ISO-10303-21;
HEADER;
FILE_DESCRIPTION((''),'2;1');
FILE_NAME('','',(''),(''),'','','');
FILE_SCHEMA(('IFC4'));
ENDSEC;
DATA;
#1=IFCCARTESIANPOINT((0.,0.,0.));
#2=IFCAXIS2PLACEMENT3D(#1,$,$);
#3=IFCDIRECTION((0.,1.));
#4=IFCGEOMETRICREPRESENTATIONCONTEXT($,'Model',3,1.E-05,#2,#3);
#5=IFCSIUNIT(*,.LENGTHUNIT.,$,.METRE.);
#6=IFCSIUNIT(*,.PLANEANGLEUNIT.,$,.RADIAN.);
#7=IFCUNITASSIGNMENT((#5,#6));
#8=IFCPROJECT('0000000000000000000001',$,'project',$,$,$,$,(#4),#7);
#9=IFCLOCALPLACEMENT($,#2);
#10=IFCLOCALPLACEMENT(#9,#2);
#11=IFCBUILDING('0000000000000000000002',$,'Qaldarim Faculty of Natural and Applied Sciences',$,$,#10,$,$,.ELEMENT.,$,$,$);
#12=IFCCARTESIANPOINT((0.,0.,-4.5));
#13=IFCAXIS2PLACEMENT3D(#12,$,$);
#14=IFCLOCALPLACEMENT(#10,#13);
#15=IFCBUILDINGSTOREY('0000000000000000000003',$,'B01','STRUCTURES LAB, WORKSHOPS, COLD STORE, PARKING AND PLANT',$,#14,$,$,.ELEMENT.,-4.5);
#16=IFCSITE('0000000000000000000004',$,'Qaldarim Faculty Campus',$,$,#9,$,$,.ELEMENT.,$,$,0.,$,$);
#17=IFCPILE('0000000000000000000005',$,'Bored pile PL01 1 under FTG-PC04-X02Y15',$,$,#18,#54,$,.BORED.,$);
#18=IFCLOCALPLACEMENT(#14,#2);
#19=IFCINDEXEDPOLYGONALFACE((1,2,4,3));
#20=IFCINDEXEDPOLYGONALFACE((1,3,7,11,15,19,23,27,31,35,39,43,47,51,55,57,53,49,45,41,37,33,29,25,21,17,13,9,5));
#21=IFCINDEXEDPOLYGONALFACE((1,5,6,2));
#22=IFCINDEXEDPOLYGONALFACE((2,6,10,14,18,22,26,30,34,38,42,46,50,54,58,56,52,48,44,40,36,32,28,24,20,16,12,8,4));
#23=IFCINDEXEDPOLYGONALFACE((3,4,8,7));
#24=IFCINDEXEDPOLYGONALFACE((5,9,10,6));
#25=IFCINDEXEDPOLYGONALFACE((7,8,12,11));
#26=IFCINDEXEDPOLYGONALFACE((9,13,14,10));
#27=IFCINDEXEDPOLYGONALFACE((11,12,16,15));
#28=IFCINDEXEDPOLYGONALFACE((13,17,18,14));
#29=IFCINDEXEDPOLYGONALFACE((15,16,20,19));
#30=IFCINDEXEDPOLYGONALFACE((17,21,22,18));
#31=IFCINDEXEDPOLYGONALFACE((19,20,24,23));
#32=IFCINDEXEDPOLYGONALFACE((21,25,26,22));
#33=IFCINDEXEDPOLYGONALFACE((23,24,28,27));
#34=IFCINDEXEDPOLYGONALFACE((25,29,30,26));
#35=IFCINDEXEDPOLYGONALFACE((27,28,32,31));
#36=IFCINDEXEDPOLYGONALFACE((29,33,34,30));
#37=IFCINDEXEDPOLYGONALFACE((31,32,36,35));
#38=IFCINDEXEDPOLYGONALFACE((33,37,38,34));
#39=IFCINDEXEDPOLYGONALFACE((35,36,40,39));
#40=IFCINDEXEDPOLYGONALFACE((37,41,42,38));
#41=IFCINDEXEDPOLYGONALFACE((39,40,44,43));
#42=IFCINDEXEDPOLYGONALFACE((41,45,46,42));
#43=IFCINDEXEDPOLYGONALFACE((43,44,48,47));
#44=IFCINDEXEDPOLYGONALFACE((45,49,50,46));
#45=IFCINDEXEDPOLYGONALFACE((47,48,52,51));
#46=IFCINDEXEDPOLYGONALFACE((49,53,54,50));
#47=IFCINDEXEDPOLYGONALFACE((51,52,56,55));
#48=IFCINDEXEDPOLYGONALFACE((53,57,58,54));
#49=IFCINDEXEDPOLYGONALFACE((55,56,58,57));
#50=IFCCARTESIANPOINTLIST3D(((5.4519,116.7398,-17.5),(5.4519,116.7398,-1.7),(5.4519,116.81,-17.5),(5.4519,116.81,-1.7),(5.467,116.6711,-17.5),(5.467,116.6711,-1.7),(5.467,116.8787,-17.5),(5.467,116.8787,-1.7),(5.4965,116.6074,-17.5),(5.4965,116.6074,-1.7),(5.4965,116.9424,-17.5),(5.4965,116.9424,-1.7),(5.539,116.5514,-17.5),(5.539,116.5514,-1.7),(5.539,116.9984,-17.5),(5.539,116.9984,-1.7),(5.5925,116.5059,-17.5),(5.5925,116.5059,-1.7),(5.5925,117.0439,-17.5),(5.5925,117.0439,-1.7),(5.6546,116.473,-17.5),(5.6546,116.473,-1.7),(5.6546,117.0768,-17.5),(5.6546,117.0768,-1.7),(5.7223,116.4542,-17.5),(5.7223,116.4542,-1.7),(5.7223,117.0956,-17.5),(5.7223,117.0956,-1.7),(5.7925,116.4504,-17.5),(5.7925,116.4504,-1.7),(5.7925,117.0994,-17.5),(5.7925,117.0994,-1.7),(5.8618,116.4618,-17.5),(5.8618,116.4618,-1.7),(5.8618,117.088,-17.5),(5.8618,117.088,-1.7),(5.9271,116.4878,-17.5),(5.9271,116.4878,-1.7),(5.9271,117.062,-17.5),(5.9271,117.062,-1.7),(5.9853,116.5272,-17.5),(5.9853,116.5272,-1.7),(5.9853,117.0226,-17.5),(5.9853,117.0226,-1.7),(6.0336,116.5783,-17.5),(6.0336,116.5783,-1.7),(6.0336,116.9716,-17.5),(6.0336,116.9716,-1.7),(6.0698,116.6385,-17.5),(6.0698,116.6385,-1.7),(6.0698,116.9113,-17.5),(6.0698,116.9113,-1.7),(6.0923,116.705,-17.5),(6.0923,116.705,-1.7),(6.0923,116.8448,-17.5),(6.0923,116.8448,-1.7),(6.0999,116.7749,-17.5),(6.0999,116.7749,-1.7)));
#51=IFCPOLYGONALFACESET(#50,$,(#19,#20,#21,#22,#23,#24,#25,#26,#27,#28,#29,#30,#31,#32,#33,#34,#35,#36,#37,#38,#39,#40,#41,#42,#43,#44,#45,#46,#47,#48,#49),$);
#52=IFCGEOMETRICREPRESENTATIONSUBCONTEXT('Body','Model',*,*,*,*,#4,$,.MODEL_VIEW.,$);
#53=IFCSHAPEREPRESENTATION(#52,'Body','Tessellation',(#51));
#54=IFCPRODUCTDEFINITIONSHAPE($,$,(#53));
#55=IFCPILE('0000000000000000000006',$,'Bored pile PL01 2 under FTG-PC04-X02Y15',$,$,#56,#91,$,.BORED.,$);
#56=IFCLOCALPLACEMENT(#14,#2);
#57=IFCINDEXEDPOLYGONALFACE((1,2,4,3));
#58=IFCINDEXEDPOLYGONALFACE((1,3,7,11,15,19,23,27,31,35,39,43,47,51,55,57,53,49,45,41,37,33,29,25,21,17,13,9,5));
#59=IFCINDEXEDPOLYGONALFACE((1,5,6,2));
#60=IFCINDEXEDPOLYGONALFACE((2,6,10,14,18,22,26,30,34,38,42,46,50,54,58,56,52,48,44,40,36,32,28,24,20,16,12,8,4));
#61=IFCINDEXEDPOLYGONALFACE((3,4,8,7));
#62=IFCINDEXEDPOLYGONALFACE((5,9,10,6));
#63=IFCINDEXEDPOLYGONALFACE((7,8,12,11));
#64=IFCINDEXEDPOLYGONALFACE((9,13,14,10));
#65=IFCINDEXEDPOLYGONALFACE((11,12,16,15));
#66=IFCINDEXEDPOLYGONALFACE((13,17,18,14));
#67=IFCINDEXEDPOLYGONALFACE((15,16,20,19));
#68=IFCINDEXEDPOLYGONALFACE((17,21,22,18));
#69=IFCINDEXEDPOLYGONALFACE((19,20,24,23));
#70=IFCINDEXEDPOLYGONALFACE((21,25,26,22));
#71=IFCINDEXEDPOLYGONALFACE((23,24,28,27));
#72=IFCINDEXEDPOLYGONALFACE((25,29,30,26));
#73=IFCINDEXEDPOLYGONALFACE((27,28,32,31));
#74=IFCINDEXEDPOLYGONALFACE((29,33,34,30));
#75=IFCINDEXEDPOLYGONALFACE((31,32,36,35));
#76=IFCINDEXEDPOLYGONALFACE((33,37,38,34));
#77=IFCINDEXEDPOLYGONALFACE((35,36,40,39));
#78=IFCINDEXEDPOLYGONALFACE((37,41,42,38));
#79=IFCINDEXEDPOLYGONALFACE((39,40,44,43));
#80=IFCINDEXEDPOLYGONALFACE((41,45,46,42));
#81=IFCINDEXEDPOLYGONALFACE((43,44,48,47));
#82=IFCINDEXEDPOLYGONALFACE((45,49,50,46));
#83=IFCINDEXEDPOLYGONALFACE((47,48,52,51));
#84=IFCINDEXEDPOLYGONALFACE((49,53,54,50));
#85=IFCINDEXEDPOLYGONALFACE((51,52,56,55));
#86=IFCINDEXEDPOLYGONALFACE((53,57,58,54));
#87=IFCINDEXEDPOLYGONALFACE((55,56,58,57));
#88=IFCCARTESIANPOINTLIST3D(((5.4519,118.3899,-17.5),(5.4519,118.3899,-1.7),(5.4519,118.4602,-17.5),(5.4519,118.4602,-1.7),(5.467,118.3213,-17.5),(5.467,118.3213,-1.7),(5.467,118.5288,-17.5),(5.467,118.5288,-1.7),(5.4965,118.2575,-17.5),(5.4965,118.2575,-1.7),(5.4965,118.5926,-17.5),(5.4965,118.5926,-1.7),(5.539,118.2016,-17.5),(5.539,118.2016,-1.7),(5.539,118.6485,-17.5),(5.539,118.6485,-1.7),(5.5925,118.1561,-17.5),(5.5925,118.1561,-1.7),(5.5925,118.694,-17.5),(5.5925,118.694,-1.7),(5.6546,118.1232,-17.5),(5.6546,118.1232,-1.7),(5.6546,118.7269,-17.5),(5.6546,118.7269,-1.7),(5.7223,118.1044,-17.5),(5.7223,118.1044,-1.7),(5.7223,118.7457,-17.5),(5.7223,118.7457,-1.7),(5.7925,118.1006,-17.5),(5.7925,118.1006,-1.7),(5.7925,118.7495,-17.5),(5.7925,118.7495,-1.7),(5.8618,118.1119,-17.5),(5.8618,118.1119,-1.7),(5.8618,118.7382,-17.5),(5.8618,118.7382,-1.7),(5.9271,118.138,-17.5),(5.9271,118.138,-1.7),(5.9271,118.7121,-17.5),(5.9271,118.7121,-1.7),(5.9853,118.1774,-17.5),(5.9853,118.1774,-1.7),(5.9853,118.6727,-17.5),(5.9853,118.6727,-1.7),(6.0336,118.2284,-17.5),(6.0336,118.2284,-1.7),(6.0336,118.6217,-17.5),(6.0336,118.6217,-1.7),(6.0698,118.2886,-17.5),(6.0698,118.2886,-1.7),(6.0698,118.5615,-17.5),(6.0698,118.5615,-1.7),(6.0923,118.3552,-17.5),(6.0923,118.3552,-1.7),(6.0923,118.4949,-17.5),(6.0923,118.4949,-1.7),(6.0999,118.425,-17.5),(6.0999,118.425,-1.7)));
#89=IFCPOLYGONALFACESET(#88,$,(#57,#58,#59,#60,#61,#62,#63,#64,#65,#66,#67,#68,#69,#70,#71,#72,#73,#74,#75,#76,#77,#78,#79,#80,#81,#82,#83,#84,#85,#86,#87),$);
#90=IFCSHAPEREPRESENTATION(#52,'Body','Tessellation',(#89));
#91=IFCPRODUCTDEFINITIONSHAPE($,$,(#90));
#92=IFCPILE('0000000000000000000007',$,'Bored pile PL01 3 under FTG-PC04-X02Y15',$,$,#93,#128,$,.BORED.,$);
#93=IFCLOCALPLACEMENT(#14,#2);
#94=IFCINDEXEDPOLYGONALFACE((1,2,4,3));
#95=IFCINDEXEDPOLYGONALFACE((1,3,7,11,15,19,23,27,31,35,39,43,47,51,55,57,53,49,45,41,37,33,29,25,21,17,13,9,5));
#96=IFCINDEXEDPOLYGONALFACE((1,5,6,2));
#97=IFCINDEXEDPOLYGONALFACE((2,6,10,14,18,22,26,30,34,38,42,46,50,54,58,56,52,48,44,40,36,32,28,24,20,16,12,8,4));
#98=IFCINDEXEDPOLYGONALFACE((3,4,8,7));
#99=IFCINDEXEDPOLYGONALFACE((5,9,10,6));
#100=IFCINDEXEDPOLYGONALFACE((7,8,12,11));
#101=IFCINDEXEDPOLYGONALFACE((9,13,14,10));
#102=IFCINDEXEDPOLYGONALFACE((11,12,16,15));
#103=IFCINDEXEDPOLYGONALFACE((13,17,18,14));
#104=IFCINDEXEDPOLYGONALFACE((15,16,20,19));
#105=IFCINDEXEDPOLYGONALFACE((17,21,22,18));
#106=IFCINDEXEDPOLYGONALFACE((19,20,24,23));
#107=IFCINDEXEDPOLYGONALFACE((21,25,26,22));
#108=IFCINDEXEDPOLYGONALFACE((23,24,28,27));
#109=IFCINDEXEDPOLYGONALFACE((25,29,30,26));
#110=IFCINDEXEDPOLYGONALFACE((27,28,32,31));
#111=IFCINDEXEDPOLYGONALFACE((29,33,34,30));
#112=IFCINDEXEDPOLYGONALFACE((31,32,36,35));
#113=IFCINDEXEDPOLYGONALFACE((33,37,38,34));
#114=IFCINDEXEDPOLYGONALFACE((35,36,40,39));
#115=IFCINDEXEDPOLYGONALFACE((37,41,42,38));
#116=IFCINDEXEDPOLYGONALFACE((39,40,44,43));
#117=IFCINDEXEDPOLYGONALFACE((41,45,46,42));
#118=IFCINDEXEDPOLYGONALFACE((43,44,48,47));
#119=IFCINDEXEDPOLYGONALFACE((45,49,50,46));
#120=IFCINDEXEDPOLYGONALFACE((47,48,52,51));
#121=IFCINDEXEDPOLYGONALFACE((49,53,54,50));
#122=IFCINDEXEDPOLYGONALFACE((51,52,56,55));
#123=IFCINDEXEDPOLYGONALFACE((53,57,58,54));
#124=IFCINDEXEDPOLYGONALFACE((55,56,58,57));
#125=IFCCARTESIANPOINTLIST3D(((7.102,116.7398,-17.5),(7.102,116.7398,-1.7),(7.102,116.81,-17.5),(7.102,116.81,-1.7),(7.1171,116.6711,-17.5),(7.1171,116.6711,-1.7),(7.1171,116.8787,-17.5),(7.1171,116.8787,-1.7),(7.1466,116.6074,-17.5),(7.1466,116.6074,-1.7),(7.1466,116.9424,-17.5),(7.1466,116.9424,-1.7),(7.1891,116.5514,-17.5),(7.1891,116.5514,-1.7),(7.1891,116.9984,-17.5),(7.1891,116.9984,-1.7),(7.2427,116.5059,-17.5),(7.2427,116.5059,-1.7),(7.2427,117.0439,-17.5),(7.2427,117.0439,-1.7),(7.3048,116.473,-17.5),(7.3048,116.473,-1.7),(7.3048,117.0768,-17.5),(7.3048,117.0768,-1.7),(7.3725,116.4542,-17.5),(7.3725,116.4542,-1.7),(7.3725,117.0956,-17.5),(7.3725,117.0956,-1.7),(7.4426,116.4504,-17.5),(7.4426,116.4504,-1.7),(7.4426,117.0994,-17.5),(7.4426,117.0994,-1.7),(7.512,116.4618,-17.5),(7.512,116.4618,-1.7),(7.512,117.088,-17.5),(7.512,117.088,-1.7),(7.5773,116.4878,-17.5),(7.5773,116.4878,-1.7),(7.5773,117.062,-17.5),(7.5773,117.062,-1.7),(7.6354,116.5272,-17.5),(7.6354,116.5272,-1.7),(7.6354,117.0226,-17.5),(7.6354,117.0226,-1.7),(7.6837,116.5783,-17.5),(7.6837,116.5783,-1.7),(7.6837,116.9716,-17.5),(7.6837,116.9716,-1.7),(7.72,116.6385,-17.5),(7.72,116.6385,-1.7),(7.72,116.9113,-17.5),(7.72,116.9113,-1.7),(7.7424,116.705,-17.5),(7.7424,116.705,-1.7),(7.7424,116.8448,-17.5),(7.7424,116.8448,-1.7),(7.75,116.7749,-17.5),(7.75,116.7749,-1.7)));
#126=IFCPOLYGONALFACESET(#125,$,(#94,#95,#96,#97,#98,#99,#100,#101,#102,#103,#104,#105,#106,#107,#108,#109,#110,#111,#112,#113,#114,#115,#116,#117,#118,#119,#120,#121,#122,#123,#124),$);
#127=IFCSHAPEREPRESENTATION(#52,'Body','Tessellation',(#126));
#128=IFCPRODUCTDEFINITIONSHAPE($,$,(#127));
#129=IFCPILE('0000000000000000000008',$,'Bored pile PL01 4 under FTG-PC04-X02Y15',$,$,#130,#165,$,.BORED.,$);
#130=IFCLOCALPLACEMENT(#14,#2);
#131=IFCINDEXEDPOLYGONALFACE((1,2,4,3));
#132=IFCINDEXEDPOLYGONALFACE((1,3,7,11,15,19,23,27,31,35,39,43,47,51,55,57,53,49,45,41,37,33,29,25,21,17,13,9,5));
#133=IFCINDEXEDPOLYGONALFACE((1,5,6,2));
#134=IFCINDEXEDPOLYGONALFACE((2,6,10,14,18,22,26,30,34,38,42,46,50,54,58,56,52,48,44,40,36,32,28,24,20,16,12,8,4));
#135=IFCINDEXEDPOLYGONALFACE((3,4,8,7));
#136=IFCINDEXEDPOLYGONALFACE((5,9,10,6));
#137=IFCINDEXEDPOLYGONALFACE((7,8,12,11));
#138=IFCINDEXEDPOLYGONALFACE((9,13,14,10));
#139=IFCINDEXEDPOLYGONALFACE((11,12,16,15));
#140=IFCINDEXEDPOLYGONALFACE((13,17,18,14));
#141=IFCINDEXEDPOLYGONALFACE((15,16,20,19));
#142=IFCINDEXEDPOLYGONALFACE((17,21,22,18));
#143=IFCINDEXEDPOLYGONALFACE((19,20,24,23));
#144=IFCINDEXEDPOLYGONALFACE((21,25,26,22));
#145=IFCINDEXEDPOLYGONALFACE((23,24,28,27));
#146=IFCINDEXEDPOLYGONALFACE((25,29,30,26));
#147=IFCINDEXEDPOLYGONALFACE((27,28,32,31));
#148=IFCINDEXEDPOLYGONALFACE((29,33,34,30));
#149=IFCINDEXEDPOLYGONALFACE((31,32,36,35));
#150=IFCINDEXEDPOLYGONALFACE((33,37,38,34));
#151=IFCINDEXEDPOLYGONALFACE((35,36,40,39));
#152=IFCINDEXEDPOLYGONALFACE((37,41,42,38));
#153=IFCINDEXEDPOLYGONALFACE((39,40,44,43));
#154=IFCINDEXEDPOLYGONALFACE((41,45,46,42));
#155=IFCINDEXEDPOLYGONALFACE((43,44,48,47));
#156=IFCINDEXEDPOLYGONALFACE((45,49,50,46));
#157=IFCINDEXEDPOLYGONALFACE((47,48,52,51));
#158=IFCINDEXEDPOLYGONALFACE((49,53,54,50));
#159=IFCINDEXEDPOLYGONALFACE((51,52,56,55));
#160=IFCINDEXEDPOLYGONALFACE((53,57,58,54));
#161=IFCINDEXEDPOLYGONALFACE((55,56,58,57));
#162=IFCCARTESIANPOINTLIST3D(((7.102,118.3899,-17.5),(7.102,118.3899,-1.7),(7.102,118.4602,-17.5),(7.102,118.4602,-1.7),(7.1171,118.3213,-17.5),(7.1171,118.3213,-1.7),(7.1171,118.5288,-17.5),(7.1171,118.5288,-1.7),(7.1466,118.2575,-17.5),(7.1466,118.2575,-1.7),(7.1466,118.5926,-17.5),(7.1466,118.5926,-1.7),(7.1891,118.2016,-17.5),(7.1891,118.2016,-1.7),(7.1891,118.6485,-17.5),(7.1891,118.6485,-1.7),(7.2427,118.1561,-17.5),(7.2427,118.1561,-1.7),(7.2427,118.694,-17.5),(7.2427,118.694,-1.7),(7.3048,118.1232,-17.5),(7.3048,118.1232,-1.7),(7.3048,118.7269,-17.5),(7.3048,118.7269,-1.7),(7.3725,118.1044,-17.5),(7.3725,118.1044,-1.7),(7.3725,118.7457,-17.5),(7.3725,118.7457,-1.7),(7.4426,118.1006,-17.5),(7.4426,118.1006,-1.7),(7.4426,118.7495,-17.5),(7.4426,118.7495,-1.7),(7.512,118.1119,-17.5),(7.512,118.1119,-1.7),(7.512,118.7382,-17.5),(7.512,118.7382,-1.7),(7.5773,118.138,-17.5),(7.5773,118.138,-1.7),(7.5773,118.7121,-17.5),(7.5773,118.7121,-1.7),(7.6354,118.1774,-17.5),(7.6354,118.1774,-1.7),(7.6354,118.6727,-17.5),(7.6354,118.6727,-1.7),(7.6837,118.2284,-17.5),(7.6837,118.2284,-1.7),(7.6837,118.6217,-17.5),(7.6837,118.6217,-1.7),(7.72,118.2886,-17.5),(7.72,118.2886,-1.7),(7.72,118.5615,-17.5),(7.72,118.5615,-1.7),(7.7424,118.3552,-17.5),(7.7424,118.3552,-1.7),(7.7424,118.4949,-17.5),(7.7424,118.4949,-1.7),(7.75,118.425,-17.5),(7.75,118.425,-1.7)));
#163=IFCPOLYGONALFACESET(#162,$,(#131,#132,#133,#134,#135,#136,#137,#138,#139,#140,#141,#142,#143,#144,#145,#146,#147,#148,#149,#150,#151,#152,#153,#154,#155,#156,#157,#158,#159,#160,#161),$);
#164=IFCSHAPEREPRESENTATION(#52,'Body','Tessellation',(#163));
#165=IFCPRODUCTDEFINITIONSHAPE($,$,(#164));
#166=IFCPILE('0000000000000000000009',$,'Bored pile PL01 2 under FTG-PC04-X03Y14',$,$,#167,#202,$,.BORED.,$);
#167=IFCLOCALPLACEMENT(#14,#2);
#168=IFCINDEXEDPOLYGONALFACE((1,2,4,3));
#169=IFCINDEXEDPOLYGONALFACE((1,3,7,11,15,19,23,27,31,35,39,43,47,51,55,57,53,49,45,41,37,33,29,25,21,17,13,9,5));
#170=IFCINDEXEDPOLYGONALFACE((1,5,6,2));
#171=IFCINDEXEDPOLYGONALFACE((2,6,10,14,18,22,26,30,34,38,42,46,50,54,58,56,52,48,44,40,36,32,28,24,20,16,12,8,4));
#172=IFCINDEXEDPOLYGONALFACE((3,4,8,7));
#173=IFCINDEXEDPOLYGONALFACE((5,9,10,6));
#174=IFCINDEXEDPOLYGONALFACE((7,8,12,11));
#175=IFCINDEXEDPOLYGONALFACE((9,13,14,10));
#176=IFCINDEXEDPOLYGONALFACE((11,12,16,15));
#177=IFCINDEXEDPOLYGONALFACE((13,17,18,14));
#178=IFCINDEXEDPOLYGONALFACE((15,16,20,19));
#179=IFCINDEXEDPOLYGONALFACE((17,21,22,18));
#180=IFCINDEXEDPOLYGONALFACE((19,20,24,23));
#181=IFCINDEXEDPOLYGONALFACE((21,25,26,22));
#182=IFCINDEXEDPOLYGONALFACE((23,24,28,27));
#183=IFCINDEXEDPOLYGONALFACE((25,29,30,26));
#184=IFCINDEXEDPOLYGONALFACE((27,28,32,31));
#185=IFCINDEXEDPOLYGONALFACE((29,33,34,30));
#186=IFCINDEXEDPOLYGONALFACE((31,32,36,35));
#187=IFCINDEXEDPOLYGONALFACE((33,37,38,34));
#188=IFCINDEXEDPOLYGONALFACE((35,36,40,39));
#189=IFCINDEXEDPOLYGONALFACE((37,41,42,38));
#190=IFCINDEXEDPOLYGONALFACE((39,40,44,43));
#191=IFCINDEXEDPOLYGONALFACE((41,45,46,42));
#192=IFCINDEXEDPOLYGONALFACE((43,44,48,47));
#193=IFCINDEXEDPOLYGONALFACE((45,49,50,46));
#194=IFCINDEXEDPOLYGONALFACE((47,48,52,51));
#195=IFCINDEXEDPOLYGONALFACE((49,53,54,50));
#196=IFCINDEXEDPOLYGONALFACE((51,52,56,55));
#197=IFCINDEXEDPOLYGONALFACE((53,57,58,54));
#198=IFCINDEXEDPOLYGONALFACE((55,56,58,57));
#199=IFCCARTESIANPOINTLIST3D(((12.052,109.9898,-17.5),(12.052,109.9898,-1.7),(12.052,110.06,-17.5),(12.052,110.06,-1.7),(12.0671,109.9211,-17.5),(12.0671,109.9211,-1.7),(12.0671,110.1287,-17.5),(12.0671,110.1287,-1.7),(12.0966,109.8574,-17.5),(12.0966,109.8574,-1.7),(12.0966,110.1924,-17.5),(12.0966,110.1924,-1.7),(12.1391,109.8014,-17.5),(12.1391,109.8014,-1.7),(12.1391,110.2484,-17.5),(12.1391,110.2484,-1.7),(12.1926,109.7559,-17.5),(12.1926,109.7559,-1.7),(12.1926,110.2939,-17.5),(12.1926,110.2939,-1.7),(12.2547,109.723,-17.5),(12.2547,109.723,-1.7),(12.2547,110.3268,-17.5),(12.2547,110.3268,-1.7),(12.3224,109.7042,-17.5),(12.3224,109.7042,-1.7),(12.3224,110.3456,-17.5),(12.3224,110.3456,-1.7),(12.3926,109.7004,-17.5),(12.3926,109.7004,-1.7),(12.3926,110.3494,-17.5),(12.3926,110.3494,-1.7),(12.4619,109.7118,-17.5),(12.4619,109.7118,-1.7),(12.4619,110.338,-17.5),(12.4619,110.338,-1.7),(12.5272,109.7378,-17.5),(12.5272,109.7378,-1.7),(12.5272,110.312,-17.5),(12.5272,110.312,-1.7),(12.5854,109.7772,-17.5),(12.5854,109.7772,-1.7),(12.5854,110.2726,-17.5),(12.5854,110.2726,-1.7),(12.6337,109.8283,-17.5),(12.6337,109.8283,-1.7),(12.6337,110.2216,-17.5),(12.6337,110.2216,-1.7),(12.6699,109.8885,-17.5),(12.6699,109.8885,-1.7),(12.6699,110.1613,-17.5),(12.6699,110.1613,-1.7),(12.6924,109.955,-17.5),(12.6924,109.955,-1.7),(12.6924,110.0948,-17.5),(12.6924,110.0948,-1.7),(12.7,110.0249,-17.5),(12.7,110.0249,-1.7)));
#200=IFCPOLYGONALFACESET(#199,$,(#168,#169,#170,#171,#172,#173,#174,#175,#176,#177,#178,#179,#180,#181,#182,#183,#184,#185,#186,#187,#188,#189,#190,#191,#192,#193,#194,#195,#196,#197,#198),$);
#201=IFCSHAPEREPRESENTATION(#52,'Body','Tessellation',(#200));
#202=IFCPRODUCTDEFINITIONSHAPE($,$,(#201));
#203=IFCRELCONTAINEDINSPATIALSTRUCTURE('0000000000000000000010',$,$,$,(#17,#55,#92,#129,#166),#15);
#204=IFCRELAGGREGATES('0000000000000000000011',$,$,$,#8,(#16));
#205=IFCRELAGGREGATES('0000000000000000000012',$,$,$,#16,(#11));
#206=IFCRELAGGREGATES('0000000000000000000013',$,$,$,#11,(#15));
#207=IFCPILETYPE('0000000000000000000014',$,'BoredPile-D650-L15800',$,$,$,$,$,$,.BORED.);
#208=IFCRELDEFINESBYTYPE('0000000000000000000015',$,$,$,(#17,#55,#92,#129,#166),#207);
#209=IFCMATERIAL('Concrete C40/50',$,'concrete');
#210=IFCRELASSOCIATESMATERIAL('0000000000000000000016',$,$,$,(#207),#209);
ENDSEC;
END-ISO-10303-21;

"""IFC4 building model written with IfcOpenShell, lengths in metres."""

from ifc_helpers import new_model, si_unit, direction, frame, origin, origin_2d, place, context, subcontext, project, spatial, circle, extrude, material, material_profile, profile_set, type_object, element, save


model = new_model("IFC4")

# Units and contexts
model_context = context("Model", 3, precision=1e-05, world=origin(), true_north=direction((0.0, 1.0)))
body_context = subcontext(model_context, "Body", "Model", "MODEL_VIEW")
ifc_project = project(units=[si_unit("LENGTHUNIT", "METRE"), si_unit("PLANEANGLEUNIT", "RADIAN")], contexts=[model_context])

# Site, building, storey
site_placement = place(None, origin())
site = spatial("IfcSite", under=ifc_project, at=site_placement, Name="Qaldarim Faculty Campus", CompositionType="ELEMENT", RefElevation=0.0)
building_placement = place(site_placement, origin())
building = spatial("IfcBuilding", under=site, at=building_placement, Name="Qaldarim Faculty of Natural and Applied Sciences", CompositionType="ELEMENT")
storey_placement = place(building_placement, frame((0.0, 0.0, -4.5)))
storey = spatial("IfcBuildingStorey", under=building, at=storey_placement, Name="B01", Description="STRUCTURES LAB, WORKSHOPS, COLD STORE, PARKING AND PLANT", CompositionType="ELEMENT", Elevation=-4.5)

# Piles
ifc_material_1 = material(Name="Concrete C40/50", Category="concrete")
ifc_material_profile_1 = material_profile(ifc_material_1, circle(Radius=0.325, at=origin_2d()), Name="PILE-D650")
ifc_profile_set_1 = profile_set([ifc_material_profile_1], Name="Concrete C40/50")
pile_type_1 = type_object("IfcPileType", Name="BoredPile-D650-L15800", PredefinedType="BORED", material=ifc_profile_set_1)
for number, where, z_axis, x_axis, name in (
    (1, (5.7749, 116.7749, -1.7), (0.0, 0.0, -1.0), (1.0, 0.0, 0.0), "Bored pile PL01 1 under FTG-PC04-X02Y15"),
    (2, (5.7749, 118.425, -1.7), (0.0, 0.0, -1.0), (1.0, 0.0, 0.0), "Bored pile PL01 2 under FTG-PC04-X02Y15"),
    (3, (7.425, 116.7749, -1.7), (0.0, 0.0, -1.0), (1.0, 0.0, 0.0), "Bored pile PL01 3 under FTG-PC04-X02Y15"),
    (4, (7.425, 118.425, -1.7), (0.0, 0.0, -1.0), (1.0, 0.0, 0.0), "Bored pile PL01 4 under FTG-PC04-X02Y15"),
    (5, (12.375, 110.0249, -1.7), (0.0, 0.0, -1.0), (1.0, 0.0, 0.0), "Bored pile PL01 2 under FTG-PC04-X03Y14"),
):
    element("IfcPile", number, at=place(storey_placement, frame(where, z_axis=z_axis, x_axis=x_axis)), inside=storey, type_object=pile_type_1, Name=name, PredefinedType="BORED", context=body_context, shape_type="SweptSolid", body=[
        extrude(circle(Radius=0.325, at=origin_2d()), origin(), (0.0, 0.0, 1.0), 15.8),
    ])

save(model, "model.ifc")
